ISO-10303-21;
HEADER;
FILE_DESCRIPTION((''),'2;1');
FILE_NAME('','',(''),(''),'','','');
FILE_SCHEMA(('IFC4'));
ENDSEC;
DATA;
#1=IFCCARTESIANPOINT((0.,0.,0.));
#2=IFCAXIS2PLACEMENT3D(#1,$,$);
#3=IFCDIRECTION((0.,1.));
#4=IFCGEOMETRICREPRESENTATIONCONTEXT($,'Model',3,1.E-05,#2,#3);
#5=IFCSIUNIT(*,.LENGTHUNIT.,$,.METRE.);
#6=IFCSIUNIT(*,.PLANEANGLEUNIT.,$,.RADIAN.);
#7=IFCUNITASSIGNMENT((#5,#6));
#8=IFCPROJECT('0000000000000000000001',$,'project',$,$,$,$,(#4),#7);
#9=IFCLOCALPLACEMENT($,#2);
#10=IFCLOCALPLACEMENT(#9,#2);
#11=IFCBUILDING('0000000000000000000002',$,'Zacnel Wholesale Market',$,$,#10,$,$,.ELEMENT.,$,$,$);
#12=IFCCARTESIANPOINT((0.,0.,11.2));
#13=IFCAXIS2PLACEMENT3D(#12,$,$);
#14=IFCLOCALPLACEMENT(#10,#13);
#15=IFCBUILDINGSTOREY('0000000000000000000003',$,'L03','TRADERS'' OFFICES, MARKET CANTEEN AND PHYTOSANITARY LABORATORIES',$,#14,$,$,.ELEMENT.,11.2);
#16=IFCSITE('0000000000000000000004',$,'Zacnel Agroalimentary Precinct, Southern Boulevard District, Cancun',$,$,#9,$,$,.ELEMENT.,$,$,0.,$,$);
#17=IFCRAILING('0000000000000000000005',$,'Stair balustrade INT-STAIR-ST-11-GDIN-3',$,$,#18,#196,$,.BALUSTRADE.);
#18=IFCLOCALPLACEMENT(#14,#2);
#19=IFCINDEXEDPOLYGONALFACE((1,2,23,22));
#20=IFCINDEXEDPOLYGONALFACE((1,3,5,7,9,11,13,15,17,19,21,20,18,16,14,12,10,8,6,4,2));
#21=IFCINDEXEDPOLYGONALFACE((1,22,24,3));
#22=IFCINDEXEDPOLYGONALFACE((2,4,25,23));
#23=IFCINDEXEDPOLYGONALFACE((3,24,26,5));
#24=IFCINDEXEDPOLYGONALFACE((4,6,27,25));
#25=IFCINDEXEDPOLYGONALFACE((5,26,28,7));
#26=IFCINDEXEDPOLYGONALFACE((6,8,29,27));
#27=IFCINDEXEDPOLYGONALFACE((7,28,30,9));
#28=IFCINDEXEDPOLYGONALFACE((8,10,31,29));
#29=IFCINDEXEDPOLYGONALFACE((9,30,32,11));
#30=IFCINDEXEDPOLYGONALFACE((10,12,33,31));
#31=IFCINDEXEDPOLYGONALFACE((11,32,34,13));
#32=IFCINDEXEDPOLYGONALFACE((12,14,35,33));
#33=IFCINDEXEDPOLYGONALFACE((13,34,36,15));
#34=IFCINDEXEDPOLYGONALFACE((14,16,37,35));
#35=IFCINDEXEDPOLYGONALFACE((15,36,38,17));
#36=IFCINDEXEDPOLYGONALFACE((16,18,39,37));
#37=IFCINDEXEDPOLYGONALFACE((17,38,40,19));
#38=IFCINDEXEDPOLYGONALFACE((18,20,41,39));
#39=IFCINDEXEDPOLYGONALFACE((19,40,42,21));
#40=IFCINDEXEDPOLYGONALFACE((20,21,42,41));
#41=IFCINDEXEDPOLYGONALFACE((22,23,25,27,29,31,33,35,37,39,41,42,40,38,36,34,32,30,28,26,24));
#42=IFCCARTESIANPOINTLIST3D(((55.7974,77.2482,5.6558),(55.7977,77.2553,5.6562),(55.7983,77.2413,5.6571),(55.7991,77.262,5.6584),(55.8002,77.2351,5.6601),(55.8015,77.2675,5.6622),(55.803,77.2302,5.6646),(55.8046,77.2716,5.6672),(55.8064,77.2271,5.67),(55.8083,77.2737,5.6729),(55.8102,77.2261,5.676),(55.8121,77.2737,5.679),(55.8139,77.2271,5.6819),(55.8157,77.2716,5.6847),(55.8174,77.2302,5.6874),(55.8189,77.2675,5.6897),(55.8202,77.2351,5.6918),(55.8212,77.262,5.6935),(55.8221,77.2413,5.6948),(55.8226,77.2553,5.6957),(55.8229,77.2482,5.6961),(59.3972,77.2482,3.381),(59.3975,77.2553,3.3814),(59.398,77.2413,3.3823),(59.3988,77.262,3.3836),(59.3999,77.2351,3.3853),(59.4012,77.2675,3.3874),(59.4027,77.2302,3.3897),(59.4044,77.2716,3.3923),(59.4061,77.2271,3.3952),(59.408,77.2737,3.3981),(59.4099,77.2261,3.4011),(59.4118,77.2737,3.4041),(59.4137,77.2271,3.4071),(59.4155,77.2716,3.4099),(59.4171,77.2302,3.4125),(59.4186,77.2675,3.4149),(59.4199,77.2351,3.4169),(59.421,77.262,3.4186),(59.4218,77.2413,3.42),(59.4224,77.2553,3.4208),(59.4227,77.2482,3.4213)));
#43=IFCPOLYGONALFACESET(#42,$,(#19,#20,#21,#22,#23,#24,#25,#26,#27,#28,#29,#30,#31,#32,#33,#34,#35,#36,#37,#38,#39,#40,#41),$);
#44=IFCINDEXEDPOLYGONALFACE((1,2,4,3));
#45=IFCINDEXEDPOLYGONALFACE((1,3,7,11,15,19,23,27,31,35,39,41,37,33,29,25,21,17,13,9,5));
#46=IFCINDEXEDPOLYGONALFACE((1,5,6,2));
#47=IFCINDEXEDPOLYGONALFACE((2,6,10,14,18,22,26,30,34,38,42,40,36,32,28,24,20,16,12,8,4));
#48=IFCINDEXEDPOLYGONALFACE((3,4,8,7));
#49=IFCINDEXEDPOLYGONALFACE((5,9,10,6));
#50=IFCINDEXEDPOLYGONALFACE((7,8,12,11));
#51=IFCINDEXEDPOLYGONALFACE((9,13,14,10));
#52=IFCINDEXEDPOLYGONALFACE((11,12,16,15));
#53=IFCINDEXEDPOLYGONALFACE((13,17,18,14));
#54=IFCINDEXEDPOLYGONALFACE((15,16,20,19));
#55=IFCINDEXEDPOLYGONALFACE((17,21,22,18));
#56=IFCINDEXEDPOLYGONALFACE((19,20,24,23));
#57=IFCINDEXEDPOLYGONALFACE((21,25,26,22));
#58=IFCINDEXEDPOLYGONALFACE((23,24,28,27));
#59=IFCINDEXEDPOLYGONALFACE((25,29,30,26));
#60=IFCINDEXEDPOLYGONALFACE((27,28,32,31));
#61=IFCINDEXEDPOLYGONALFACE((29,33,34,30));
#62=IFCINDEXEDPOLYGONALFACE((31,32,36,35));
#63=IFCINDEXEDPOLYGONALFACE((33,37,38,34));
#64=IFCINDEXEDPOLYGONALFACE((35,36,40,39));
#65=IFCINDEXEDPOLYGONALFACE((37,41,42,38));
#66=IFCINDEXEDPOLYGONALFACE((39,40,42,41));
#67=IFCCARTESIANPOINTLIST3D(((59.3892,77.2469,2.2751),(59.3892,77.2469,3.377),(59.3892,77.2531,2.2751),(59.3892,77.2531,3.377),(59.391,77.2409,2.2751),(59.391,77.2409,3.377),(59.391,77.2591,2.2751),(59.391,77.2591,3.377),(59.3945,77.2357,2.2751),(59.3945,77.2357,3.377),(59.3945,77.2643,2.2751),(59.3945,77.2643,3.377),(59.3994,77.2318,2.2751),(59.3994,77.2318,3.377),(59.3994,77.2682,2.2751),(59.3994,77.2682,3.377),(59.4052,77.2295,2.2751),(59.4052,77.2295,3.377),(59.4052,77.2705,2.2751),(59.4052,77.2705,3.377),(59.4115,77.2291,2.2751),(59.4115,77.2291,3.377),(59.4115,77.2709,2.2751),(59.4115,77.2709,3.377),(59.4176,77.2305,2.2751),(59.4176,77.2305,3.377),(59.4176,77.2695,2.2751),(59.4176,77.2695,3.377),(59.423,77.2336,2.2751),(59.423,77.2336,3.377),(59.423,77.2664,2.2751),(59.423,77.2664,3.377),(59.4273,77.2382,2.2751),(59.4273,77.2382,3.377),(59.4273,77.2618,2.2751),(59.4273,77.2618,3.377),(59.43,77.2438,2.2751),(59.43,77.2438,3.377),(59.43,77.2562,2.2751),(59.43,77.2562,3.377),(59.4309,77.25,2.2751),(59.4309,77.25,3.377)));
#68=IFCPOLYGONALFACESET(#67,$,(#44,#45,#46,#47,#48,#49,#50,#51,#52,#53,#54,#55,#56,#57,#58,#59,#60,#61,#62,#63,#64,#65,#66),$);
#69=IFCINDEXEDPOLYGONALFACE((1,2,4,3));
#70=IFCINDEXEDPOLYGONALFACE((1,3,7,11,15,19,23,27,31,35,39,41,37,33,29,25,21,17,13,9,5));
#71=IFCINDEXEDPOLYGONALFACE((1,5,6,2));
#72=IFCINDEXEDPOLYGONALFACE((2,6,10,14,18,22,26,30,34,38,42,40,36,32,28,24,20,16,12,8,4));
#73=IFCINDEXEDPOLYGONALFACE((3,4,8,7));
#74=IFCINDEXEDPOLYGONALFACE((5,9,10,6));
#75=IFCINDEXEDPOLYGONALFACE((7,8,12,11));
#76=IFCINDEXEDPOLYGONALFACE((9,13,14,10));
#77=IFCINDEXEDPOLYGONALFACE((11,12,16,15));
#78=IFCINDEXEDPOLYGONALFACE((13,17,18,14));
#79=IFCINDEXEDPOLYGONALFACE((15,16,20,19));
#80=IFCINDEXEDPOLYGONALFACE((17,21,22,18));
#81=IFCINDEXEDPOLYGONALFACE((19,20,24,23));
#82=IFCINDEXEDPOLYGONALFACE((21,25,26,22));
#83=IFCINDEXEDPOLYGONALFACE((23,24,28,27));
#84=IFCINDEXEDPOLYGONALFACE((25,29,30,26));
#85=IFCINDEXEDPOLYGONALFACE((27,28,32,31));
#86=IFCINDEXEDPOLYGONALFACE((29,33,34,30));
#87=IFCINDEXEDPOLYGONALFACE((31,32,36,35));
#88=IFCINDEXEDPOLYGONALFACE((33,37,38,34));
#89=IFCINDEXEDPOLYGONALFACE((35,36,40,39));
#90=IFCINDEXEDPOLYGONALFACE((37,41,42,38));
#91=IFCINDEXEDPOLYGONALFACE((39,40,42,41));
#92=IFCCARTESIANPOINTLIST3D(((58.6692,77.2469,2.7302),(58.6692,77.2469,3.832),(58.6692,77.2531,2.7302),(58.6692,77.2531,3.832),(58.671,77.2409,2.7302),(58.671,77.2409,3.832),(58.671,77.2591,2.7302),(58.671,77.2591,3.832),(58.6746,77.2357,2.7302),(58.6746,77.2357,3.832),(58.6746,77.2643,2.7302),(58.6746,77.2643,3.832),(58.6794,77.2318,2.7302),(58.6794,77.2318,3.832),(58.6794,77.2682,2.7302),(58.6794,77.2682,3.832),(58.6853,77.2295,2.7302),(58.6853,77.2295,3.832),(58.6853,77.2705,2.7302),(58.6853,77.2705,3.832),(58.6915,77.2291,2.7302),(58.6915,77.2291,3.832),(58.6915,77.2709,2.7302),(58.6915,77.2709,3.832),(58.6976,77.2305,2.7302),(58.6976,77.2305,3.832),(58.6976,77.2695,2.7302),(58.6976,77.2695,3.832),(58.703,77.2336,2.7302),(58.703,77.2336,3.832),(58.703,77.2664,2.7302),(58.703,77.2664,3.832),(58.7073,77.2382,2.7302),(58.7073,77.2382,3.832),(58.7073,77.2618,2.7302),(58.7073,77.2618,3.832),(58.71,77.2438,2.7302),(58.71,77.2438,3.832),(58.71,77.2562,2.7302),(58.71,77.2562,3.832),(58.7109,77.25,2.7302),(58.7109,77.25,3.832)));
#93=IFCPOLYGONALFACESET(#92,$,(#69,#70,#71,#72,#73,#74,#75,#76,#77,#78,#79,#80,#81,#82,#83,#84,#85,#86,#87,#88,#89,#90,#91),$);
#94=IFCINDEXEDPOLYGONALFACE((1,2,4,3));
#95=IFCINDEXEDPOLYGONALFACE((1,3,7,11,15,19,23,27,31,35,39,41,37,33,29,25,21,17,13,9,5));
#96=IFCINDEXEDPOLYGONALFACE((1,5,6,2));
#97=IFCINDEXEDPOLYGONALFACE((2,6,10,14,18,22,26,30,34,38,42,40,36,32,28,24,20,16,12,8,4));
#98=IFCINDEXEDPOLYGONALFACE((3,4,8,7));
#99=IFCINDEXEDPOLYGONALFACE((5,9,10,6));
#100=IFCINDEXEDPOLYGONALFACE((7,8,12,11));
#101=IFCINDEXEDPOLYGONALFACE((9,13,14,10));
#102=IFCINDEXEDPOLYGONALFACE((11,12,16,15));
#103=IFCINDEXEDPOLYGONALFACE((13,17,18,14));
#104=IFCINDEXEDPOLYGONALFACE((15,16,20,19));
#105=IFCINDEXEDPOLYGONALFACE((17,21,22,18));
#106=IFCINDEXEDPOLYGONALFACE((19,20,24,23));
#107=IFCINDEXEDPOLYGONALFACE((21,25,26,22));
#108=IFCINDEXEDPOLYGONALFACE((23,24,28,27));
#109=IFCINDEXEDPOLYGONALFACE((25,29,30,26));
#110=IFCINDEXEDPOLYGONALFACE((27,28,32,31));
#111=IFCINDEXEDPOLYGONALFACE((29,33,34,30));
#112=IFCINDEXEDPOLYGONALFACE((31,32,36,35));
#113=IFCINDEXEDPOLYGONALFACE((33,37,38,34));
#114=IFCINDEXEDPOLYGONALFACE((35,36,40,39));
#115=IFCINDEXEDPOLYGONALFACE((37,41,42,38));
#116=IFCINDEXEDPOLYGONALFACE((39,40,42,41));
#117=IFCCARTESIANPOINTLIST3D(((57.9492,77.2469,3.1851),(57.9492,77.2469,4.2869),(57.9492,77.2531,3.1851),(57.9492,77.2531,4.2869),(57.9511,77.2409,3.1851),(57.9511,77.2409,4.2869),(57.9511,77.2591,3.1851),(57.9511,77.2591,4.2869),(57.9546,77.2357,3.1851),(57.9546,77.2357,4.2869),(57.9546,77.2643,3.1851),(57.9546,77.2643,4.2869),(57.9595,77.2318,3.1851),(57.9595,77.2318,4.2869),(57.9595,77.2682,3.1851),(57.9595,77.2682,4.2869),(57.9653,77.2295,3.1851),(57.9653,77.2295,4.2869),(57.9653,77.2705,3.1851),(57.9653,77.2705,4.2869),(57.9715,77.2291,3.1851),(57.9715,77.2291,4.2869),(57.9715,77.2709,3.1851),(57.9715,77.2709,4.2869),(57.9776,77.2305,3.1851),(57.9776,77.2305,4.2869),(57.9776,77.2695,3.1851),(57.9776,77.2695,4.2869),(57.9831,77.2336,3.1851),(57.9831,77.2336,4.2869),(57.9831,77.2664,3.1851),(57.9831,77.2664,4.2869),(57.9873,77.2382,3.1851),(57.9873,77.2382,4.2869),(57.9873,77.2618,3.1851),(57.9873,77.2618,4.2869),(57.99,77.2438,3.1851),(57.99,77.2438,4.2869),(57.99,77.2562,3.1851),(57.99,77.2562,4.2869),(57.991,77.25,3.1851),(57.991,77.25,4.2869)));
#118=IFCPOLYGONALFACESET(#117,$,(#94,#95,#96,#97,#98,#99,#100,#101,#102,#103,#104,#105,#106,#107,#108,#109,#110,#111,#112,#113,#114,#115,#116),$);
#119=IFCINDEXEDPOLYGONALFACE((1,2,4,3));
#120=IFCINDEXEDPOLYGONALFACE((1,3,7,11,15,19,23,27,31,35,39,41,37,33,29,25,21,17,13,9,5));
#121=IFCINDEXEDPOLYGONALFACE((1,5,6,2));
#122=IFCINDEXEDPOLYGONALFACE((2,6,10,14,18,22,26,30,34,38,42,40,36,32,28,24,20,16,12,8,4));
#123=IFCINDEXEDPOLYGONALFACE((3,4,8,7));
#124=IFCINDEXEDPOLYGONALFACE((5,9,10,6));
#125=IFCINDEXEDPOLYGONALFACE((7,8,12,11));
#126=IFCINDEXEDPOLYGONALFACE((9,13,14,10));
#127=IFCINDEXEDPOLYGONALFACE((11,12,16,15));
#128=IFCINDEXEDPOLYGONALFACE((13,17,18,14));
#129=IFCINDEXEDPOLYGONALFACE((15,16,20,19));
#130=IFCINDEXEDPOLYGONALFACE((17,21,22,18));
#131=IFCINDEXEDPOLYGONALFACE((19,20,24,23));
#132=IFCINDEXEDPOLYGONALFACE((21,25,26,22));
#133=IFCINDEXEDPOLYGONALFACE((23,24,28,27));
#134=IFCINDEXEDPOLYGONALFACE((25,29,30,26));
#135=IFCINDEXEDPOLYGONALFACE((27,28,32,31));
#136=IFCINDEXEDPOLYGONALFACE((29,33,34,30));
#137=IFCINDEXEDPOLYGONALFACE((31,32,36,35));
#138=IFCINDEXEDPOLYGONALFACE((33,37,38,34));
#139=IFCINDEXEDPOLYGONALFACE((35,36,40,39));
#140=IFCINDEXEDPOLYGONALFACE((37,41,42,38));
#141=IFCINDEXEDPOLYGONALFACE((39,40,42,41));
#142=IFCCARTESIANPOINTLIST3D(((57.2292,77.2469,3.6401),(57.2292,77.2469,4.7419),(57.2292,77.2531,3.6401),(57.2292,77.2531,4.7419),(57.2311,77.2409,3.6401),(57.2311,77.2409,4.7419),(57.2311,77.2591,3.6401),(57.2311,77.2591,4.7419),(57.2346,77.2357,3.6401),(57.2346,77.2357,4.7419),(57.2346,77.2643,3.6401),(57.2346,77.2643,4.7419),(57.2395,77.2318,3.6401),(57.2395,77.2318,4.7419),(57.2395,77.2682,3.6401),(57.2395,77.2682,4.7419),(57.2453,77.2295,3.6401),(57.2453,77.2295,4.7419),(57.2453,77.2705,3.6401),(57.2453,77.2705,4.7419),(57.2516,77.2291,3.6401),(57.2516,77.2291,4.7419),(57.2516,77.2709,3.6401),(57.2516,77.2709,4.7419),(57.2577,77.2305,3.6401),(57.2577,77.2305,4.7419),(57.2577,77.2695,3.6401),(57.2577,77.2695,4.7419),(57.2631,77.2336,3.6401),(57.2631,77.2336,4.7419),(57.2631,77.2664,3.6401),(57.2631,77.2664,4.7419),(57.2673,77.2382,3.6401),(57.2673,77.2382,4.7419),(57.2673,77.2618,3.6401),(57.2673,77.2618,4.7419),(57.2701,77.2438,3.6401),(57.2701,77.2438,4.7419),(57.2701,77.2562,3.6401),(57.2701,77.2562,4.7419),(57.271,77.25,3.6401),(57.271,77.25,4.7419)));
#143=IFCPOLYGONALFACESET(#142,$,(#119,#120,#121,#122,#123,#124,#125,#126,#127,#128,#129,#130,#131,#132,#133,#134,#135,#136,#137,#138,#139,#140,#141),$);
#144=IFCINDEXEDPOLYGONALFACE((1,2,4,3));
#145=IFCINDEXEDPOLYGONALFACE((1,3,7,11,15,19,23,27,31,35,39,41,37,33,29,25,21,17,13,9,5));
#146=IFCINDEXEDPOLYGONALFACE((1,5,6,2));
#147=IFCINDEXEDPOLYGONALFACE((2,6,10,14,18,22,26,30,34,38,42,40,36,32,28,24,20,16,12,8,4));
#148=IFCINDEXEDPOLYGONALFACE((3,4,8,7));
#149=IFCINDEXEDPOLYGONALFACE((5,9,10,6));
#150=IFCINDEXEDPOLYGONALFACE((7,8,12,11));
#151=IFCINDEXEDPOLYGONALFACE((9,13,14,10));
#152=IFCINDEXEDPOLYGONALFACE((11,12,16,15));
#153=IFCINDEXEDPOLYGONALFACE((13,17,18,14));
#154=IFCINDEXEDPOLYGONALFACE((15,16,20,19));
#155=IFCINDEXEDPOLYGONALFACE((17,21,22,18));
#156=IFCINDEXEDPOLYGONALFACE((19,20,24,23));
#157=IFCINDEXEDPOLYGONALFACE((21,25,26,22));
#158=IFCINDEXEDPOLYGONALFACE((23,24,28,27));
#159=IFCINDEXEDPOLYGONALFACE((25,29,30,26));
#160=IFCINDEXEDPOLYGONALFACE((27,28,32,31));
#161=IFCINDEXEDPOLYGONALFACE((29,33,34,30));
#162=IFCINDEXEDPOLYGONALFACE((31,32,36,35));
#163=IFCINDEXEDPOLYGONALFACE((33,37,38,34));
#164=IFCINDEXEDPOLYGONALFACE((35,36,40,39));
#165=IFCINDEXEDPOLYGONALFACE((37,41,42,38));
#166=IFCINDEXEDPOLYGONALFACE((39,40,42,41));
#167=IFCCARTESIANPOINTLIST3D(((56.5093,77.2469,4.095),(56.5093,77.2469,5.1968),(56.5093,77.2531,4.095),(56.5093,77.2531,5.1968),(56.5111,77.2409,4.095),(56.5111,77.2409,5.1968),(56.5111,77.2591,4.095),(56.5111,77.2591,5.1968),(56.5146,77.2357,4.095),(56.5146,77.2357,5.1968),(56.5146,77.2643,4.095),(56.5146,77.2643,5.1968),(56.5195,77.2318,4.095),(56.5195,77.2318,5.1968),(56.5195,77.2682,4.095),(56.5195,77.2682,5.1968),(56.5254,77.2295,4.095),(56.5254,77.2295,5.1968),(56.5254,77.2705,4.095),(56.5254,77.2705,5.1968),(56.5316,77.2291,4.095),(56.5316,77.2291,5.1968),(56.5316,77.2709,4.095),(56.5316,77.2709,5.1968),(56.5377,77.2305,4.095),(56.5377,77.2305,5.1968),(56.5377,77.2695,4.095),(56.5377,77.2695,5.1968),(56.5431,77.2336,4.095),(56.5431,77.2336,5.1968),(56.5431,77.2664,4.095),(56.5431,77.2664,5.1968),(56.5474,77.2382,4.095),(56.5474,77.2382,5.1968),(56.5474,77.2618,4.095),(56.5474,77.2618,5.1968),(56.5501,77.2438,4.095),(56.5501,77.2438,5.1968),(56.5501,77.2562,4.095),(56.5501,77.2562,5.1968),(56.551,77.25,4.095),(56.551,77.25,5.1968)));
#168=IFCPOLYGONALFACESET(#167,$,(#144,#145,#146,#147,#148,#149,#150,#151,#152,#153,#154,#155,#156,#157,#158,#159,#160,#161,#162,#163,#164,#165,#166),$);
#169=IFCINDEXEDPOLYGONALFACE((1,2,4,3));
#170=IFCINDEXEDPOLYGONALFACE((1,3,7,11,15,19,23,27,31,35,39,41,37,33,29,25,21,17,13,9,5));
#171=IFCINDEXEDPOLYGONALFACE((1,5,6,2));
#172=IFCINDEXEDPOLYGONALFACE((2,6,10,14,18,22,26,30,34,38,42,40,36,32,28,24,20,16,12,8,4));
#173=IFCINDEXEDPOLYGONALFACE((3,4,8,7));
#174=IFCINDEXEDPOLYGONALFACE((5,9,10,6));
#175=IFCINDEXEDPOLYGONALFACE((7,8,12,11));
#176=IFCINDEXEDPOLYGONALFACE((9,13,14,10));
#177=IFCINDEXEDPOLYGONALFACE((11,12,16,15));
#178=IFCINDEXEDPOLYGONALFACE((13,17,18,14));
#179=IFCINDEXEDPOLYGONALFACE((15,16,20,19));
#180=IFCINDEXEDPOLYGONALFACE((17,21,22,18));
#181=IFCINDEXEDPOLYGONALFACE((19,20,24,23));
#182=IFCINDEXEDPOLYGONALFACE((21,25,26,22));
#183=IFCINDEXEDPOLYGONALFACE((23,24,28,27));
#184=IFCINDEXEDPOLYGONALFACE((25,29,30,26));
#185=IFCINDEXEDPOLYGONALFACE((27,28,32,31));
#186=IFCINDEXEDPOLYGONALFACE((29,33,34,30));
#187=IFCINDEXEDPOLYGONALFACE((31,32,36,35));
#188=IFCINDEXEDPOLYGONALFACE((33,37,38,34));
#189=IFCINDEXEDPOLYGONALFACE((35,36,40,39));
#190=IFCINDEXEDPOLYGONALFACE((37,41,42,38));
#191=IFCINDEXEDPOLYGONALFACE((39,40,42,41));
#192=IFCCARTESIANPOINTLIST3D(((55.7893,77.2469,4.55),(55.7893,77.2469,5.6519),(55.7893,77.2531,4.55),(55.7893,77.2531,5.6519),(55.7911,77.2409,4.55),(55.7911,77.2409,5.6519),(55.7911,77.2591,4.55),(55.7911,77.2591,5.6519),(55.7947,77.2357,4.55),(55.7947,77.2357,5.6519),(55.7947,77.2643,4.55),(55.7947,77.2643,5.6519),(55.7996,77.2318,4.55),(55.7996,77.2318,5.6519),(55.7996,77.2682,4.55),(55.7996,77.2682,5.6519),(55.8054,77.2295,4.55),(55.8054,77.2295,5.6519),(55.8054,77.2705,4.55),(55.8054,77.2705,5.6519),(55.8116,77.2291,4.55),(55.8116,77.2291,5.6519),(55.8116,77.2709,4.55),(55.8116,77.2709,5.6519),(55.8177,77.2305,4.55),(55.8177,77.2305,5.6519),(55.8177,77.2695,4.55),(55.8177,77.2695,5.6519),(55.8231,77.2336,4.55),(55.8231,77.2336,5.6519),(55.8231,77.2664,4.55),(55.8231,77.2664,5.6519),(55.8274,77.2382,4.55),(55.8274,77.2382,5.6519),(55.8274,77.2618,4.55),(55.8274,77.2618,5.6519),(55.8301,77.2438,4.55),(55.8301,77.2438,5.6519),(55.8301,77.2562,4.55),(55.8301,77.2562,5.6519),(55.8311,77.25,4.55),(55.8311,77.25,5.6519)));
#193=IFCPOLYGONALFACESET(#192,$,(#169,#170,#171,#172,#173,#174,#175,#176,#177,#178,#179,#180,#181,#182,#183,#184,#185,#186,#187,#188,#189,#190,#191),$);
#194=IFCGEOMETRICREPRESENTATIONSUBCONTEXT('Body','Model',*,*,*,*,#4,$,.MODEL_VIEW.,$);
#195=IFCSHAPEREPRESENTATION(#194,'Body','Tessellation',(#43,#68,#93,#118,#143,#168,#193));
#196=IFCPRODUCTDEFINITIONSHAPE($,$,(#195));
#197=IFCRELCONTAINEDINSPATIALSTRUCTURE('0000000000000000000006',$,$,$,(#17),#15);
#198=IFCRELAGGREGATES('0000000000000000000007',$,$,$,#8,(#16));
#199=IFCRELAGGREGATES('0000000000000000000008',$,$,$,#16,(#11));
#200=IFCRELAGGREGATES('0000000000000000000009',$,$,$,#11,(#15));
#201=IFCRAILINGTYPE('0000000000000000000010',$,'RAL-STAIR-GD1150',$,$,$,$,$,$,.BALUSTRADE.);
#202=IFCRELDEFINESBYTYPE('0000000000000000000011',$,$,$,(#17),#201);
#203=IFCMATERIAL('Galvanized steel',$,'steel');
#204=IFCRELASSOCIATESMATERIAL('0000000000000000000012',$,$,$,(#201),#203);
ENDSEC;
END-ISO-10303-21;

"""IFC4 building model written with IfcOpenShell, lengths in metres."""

from ifc_helpers import new_model, si_unit, direction, frame, origin, origin_2d, place, context, subcontext, project, spatial, circle, extrude, material, type_object, element, save


model = new_model("IFC4")

# Units and contexts
model_context = context("Model", 3, precision=1e-05, world=origin(), true_north=direction((0.0, 1.0)))
body_context = subcontext(model_context, "Body", "Model", "MODEL_VIEW")
ifc_project = project(units=[si_unit("LENGTHUNIT", "METRE"), si_unit("PLANEANGLEUNIT", "RADIAN")], contexts=[model_context])

# Site, building, storey
site_placement = place(None, origin())
site = spatial("IfcSite", under=ifc_project, at=site_placement, Name="Zacnel Agroalimentary Precinct, Southern Boulevard District, Cancun", CompositionType="ELEMENT", RefElevation=0.0)
building_placement = place(site_placement, origin())
building = spatial("IfcBuilding", under=site, at=building_placement, Name="Zacnel Wholesale Market", CompositionType="ELEMENT")
storey_placement = place(building_placement, frame((0.0, 0.0, 11.2)))
storey = spatial("IfcBuildingStorey", under=building, at=storey_placement, Name="L03", Description="TRADERS' OFFICES, MARKET CANTEEN AND PHYTOSANITARY LABORATORIES", CompositionType="ELEMENT", Elevation=11.2)

# Railing
ifc_material_1 = material(Name="Galvanized steel", Category="steel")
railing_type = type_object("IfcRailingType", Name="RAL-STAIR-GD1150", PredefinedType="BALUSTRADE", material=ifc_material_1)
railing_1_placement = place(storey_placement, frame((59.4099, 77.25, 2.2751)))
element("IfcRailing", 1, at=railing_1_placement, inside=storey, type_object=railing_type, Name="Stair balustrade INT-STAIR-ST-11-GDIN-3", PredefinedType="BALUSTRADE", context=body_context, shape_type="SweptSolid", body=[
    extrude(circle(Radius=0.0239, at=origin_2d()), frame((0.0, 0.0, 1.126), z_axis=(-0.84535, 0.0, 0.534213), x_axis=(0.0, -1.0, 0.0)), (0.0, 0.0, 1.0), 4.2583),
    extrude(circle(Radius=0.021, at=origin_2d()), origin(), (0.0, 0.0, 1.0), 1.1018),
    extrude(circle(Radius=0.021, at=origin_2d()), frame((-0.72, 0.0, 0.4551)), (0.0, 0.0, 1.0), 1.1018),
    extrude(circle(Radius=0.021, at=origin_2d()), frame((-1.4399, 0.0, 0.9099)), (0.0, 0.0, 1.0), 1.1018),
    extrude(circle(Radius=0.021, at=origin_2d()), frame((-2.1599, 0.0, 1.365)), (0.0, 0.0, 1.0), 1.1018),
    extrude(circle(Radius=0.021, at=origin_2d()), frame((-2.8799, 0.0, 1.8198)), (0.0, 0.0, 1.0), 1.1018),
    extrude(circle(Radius=0.021, at=origin_2d()), frame((-3.5999, 0.0, 2.2749)), (0.0, 0.0, 1.0), 1.1018),
])

save(model, "model.ifc")
